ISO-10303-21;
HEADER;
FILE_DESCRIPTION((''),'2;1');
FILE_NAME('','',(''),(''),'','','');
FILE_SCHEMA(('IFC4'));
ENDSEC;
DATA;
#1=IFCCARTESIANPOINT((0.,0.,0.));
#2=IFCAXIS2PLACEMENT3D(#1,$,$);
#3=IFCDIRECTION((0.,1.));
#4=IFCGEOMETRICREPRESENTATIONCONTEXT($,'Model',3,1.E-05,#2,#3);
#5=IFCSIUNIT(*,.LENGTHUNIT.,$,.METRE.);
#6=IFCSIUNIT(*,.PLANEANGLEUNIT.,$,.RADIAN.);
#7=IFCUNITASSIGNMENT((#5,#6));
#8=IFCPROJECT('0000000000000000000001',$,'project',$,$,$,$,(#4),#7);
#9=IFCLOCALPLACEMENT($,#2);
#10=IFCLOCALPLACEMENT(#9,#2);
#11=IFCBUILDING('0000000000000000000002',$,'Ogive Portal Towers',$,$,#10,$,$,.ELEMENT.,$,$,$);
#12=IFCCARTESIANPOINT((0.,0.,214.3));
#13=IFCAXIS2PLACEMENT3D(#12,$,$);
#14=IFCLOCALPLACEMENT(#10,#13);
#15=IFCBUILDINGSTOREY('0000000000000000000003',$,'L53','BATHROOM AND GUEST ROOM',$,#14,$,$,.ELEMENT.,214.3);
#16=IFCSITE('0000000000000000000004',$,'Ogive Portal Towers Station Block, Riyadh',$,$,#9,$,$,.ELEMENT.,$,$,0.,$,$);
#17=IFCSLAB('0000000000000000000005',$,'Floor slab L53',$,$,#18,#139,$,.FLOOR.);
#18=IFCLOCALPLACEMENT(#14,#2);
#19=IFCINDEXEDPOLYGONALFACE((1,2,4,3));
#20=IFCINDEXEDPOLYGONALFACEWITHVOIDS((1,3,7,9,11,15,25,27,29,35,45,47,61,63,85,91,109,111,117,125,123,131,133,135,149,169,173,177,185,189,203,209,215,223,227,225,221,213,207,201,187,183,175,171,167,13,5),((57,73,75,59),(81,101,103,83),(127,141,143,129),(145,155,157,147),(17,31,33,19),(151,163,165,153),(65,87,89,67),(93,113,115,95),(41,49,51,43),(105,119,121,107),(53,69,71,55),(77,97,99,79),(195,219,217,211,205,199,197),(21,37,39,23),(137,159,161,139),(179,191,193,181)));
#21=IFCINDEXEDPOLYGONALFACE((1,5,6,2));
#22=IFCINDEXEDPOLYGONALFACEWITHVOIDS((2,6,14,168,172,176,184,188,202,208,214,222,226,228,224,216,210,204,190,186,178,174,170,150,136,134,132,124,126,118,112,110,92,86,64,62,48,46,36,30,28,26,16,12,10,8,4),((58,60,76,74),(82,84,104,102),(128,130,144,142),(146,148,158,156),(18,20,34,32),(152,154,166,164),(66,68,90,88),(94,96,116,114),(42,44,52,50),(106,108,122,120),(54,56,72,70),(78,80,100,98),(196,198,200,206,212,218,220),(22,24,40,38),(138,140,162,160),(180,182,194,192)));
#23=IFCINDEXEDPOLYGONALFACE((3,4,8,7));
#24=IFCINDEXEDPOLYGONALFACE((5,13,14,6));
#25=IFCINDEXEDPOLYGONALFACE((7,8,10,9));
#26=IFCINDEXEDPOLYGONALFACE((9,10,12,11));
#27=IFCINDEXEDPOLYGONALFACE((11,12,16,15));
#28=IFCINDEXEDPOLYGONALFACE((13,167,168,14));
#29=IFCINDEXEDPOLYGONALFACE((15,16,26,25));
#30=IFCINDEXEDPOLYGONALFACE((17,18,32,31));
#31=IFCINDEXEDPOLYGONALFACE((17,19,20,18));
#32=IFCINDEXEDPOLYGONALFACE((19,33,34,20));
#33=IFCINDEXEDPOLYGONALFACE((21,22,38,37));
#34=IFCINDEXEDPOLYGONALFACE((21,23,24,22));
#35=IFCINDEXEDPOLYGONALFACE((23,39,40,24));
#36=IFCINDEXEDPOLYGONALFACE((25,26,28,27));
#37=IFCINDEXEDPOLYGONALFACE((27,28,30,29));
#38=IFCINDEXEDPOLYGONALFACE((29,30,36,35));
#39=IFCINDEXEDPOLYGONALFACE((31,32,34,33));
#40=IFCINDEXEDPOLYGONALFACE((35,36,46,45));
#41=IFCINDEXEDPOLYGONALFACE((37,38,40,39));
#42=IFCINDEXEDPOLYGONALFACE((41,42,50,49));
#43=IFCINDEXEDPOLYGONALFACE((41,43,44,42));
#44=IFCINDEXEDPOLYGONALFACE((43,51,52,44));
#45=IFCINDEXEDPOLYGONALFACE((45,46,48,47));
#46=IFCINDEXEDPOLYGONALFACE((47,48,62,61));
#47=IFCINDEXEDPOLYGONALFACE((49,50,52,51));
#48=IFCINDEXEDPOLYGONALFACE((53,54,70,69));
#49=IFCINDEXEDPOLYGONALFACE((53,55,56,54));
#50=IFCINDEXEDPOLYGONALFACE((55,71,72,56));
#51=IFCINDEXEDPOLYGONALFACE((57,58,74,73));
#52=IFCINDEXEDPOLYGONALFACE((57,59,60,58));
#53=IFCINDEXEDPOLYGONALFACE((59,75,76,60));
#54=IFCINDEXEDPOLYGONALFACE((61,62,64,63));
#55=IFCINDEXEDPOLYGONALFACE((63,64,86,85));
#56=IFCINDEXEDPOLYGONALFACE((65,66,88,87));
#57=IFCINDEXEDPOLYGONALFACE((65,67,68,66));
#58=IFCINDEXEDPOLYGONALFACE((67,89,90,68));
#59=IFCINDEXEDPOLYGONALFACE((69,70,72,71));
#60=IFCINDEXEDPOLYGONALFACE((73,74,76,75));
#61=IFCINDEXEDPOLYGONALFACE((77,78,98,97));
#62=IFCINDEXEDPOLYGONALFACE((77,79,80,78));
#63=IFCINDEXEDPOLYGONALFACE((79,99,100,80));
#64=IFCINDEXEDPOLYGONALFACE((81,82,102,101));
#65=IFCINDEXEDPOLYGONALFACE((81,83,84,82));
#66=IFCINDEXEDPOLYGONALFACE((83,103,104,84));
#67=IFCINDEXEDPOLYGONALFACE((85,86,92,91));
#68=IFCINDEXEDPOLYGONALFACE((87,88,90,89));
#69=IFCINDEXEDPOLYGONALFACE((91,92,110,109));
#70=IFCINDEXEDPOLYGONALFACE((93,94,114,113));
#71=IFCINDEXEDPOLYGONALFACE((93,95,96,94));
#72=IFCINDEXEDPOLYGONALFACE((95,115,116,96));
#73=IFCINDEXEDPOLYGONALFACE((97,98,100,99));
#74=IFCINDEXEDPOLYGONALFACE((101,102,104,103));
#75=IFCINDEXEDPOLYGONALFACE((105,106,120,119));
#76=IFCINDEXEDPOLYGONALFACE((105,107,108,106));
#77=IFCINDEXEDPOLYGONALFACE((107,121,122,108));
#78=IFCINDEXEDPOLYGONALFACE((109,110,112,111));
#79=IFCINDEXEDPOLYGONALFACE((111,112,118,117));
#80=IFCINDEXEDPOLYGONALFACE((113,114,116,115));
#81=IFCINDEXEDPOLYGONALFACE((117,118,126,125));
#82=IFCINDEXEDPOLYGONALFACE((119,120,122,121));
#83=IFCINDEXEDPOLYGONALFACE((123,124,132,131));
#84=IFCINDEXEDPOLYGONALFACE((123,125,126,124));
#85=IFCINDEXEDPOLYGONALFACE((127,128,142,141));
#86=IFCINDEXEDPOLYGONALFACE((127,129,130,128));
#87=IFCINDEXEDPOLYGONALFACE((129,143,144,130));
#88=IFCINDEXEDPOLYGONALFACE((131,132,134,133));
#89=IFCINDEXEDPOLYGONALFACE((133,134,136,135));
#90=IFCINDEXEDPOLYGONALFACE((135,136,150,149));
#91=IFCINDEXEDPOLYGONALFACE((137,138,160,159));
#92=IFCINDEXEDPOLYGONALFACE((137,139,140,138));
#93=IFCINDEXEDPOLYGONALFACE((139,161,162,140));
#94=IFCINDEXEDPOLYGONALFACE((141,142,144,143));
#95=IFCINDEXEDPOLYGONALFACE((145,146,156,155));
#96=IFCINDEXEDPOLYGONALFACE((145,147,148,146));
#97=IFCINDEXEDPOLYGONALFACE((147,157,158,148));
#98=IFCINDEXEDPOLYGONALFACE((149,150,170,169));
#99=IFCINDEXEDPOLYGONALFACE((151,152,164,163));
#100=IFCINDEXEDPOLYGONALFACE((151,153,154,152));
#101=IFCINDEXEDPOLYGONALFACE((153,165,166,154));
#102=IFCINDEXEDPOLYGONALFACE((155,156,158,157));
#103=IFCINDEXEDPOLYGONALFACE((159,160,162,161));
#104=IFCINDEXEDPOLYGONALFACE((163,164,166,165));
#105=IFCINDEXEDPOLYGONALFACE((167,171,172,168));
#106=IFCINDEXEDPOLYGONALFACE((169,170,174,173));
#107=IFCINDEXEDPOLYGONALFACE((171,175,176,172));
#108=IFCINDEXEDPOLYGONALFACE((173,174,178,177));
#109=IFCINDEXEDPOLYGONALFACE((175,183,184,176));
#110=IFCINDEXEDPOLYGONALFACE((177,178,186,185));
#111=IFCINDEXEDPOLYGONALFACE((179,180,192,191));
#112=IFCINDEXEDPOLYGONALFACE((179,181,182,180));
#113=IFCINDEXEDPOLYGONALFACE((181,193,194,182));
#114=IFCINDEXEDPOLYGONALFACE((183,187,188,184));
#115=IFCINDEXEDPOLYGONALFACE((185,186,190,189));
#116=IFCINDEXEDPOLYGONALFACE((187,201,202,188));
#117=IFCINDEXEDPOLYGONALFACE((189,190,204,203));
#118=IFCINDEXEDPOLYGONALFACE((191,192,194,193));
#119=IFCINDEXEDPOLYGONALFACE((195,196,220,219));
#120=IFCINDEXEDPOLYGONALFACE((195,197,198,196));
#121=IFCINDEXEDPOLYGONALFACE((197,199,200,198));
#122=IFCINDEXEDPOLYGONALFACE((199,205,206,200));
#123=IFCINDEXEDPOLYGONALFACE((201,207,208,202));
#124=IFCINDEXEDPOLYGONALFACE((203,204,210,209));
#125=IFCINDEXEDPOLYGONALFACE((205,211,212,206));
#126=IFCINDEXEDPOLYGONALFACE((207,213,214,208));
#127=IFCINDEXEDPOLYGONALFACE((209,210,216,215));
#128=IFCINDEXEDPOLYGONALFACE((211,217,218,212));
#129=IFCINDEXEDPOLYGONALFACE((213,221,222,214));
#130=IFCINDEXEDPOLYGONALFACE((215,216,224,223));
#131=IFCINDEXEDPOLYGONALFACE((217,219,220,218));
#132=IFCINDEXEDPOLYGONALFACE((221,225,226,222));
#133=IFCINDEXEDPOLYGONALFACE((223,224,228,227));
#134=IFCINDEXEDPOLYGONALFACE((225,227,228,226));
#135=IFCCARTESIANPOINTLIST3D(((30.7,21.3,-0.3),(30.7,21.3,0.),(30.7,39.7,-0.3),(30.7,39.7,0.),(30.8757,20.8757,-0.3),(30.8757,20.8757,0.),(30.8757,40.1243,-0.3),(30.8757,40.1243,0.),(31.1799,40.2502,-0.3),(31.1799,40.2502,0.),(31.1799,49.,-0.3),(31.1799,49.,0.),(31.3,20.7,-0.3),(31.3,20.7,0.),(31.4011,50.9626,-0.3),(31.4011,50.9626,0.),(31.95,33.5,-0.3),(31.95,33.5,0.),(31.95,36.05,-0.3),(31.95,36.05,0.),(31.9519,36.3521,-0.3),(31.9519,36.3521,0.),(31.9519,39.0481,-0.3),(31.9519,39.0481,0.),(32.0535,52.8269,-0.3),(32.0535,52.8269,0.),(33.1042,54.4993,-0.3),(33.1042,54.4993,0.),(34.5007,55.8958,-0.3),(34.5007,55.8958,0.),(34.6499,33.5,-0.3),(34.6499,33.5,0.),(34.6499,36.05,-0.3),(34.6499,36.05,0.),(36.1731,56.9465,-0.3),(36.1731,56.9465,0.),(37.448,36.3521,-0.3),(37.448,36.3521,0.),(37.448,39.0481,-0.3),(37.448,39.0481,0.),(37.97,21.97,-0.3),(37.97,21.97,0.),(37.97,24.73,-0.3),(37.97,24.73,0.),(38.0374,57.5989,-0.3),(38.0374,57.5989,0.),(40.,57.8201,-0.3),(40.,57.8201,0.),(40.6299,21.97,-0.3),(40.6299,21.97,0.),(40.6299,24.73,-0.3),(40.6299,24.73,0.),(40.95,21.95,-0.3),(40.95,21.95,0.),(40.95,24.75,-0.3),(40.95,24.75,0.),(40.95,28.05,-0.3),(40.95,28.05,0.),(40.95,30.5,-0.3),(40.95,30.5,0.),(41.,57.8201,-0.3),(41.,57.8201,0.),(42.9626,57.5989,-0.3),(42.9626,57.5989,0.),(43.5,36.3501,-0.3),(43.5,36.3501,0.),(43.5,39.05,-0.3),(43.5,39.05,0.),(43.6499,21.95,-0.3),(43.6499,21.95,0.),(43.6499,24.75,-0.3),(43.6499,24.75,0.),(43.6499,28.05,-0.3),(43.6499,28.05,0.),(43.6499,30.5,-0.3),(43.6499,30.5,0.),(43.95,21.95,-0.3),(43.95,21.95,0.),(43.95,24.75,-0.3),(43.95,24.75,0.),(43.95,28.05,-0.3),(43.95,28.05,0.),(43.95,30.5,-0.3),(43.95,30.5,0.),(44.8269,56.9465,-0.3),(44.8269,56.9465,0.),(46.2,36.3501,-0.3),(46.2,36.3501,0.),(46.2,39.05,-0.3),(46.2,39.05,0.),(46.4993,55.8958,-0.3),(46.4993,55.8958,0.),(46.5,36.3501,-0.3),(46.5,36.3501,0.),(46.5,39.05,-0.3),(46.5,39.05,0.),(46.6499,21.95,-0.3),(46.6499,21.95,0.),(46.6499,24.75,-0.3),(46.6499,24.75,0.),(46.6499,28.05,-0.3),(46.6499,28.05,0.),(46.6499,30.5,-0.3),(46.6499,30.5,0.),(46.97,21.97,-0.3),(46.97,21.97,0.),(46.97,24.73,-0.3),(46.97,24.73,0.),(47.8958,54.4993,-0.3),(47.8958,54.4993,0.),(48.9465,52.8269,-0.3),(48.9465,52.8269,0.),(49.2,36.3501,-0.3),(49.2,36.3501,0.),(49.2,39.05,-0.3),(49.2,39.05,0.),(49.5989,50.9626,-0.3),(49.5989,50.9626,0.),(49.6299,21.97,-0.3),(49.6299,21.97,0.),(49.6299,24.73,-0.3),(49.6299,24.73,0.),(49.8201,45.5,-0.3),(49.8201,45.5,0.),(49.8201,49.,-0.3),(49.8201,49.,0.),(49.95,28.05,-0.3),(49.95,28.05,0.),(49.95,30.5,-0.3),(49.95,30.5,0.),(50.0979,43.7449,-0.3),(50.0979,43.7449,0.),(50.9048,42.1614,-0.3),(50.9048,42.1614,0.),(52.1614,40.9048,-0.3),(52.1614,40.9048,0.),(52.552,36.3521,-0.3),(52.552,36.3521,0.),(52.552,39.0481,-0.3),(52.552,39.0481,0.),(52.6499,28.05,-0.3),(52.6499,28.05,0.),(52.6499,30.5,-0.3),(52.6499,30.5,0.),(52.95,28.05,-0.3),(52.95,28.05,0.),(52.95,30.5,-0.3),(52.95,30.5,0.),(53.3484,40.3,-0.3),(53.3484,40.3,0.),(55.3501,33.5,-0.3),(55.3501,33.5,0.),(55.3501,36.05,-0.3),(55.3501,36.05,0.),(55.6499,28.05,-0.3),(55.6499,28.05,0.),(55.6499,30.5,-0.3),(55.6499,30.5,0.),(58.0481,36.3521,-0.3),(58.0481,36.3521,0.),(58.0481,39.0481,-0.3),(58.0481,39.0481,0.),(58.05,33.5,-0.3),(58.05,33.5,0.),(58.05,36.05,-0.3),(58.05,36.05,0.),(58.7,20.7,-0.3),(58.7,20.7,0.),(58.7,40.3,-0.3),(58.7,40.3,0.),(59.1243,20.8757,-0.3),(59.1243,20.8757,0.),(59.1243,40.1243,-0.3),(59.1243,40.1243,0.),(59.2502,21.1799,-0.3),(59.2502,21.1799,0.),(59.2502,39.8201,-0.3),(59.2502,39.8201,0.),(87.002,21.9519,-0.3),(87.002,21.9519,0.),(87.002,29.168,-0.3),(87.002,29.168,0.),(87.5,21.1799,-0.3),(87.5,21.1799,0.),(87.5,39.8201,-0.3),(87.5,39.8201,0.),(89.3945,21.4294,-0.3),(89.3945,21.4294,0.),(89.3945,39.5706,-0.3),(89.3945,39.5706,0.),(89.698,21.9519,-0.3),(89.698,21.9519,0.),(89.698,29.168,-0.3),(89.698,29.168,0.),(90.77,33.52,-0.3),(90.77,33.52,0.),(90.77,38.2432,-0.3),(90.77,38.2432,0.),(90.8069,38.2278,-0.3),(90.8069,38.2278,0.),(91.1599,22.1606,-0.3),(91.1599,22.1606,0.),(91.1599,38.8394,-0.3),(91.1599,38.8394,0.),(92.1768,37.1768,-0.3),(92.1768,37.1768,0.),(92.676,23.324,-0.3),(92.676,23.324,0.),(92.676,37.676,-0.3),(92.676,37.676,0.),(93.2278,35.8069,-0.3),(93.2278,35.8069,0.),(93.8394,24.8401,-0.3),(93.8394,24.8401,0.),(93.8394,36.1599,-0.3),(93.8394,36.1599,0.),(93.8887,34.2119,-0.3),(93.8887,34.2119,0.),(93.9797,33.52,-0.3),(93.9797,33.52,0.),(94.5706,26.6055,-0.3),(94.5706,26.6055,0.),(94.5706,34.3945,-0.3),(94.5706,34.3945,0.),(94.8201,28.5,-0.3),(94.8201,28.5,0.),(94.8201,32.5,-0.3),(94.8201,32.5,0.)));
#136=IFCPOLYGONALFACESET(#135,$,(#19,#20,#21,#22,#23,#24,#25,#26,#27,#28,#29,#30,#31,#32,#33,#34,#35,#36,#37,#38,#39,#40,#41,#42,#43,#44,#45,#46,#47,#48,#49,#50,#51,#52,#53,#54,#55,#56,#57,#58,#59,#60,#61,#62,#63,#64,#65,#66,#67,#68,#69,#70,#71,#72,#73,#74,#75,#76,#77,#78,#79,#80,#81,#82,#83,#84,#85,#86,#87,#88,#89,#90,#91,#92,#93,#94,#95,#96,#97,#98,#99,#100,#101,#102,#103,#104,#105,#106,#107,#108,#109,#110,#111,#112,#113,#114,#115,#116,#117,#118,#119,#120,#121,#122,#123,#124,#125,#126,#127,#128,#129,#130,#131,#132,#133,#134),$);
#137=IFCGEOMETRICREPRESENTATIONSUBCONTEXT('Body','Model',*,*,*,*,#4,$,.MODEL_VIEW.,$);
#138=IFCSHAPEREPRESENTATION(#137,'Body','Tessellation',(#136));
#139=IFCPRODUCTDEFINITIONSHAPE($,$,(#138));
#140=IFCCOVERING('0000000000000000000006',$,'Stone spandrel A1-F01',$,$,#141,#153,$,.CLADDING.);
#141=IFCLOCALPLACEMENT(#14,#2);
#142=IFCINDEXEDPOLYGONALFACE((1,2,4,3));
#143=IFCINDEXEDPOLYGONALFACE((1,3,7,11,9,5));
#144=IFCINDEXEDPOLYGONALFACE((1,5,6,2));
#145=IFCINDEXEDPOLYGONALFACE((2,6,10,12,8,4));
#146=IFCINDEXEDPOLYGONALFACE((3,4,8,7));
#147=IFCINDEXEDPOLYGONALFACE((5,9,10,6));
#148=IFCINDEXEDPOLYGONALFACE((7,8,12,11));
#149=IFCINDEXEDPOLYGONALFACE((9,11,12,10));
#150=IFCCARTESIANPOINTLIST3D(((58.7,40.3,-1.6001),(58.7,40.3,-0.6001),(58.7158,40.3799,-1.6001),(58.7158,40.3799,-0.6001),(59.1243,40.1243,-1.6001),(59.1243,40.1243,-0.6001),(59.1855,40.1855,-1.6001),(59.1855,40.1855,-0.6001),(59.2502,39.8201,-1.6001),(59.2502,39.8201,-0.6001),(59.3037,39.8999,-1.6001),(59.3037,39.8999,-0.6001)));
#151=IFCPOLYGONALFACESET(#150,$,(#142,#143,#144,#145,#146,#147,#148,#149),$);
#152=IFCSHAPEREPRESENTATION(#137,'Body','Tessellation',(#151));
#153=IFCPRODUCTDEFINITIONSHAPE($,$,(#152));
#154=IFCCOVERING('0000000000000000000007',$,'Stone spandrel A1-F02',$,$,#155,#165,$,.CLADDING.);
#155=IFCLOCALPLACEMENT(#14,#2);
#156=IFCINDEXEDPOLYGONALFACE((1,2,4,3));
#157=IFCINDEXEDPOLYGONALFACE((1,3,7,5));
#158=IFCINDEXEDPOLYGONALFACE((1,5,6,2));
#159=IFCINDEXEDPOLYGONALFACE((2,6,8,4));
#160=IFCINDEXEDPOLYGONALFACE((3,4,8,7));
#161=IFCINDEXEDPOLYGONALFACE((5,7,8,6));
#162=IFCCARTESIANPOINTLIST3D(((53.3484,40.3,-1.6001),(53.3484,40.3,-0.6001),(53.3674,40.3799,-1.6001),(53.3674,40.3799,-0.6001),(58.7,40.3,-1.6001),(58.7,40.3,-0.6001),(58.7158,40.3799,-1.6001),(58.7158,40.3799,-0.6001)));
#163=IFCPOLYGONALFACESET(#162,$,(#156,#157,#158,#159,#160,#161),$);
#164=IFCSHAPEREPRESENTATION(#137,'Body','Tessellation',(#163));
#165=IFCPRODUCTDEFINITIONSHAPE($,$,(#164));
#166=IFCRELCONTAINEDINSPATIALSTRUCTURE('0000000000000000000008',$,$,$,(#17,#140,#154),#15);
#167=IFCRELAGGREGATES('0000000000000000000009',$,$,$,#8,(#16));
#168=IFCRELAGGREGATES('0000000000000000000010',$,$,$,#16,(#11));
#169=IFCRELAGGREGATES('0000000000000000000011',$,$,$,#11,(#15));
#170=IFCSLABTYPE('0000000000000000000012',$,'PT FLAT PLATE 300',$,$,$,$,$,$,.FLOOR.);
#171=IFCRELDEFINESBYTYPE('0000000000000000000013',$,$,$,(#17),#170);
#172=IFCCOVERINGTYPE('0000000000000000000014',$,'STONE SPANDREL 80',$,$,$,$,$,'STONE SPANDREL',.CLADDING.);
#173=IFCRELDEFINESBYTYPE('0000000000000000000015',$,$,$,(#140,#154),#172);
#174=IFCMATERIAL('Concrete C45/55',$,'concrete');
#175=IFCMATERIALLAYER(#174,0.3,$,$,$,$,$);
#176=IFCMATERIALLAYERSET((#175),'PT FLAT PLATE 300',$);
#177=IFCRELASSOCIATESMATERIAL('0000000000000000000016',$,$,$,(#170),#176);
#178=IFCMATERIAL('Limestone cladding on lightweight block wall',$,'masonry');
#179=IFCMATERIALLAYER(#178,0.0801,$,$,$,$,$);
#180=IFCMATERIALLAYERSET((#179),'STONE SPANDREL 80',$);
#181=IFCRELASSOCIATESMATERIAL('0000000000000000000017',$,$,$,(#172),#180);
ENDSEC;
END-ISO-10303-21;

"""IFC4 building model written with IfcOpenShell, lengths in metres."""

from ifc_helpers import new_model, si_unit, direction, frame, origin, place, context, subcontext, project, spatial, polyline, outline, extrude, material, layer, layer_set, type_object, element, save


model = new_model("IFC4")

# Units and contexts
model_context = context("Model", 3, precision=1e-05, world=origin(), true_north=direction((0.0, 1.0)))
body_context = subcontext(model_context, "Body", "Model", "MODEL_VIEW")
ifc_project = project(units=[si_unit("LENGTHUNIT", "METRE"), si_unit("PLANEANGLEUNIT", "RADIAN")], contexts=[model_context])

# Site, building, storey
site_placement = place(None, origin())
site = spatial("IfcSite", under=ifc_project, at=site_placement, Name="Ogive Portal Towers Station Block, Riyadh", CompositionType="ELEMENT", RefElevation=0.0)
building_placement = place(site_placement, origin())
building = spatial("IfcBuilding", under=site, at=building_placement, Name="Ogive Portal Towers", CompositionType="ELEMENT")
storey_placement = place(building_placement, frame((0.0, 0.0, 214.3)))
storey = spatial("IfcBuildingStorey", under=building, at=storey_placement, Name="L53", Description="BATHROOM AND GUEST ROOM", CompositionType="ELEMENT", Elevation=214.3)

# Slab
ifc_material_1 = material(Name="Concrete C45/55", Category="concrete")
ifc_layer_1 = layer(ifc_material_1, 0.3)
ifc_layer_set_1 = layer_set([ifc_layer_1], Name="PT FLAT PLATE 300")
slab_type = type_object("IfcSlabType", Name="PT FLAT PLATE 300", PredefinedType="FLOOR", material=ifc_layer_set_1)
slab_placement = place(storey_placement, frame((0.0, 0.0, -0.3)))
element("IfcSlab", 1, at=slab_placement, inside=storey, type_object=slab_type, Name="Floor slab L53", PredefinedType="FLOOR", context=body_context, shape_type="SweptSolid", body=[
    extrude(outline(polyline([(89.3945, 39.5706), (87.5, 39.8201), (59.2502, 39.8201), (59.1243, 40.1243), (58.7, 40.3), (53.3484, 40.3), (52.1614, 40.9048), (50.9048, 42.1614), (50.0979, 43.7449), (49.8201, 45.5), (49.8201, 49.0), (49.5989, 50.9626), (48.9465, 52.8269), (47.8958, 54.4993), (46.4993, 55.8958), (44.8269, 56.9465), (42.9626, 57.5989), (41.0, 57.8201), (40.0, 57.8201), (38.0374, 57.5989), (36.1731, 56.9465), (34.5007, 55.8958), (33.1042, 54.4993), (32.0535, 52.8269), (31.4011, 50.9626), (31.1799, 49.0), (31.1799, 40.2502), (30.8757, 40.1243), (30.7, 39.7), (30.7, 21.3), (30.8757, 20.8757), (31.3, 20.7), (58.7, 20.7), (59.1243, 20.8757), (59.2502, 21.1799), (87.5, 21.1799), (89.3945, 21.4294), (91.1599, 22.1606), (92.676, 23.324), (93.8394, 24.8401), (94.5706, 26.6055), (94.8201, 28.5), (94.8201, 32.5), (94.5706, 34.3945), (93.8394, 36.1599), (92.676, 37.676), (91.1599, 38.8394), (89.3945, 39.5706)]), holes=[polyline([(40.6299, 21.97), (37.97, 21.97), (37.97, 24.73), (40.6299, 24.73), (40.6299, 21.97)]), polyline([(43.6499, 24.75), (43.6499, 21.95), (40.95, 21.95), (40.95, 24.75), (43.6499, 24.75)]), polyline([(46.6499, 24.75), (46.6499, 21.95), (43.95, 21.95), (43.95, 24.75), (46.6499, 24.75)]), polyline([(43.6499, 30.5), (43.6499, 28.05), (40.95, 28.05), (40.95, 30.5), (43.6499, 30.5)]), polyline([(46.6499, 30.5), (46.6499, 28.05), (43.95, 28.05), (43.95, 30.5), (46.6499, 30.5)]), polyline([(34.6499, 36.05), (34.6499, 33.5), (31.95, 33.5), (31.95, 36.05), (34.6499, 36.05)]), polyline([(31.9519, 39.0481), (37.448, 39.0481), (37.448, 36.3521), (31.9519, 36.3521), (31.9519, 39.0481)]), polyline([(46.2, 39.05), (46.2, 36.3501), (43.5, 36.3501), (43.5, 39.05), (46.2, 39.05)]), polyline([(49.6299, 21.97), (46.97, 21.97), (46.97, 24.73), (49.6299, 24.73), (49.6299, 21.97)]), polyline([(87.002, 21.9519), (87.002, 29.168), (89.698, 29.168), (89.698, 21.9519), (87.002, 21.9519)]), polyline([(52.6499, 30.5), (52.6499, 28.05), (49.95, 28.05), (49.95, 30.5), (52.6499, 30.5)]), polyline([(55.6499, 30.5), (55.6499, 28.05), (52.95, 28.05), (52.95, 30.5), (55.6499, 30.5)]), polyline([(58.05, 36.05), (58.05, 33.5), (55.3501, 33.5), (55.3501, 36.05), (58.05, 36.05)]), polyline([(92.1768, 37.1768), (93.2278, 35.8069), (93.8887, 34.2119), (93.9797, 33.52), (90.77, 33.52), (90.77, 38.2432), (90.8069, 38.2278), (92.1768, 37.1768)]), polyline([(49.2, 39.05), (49.2, 36.3501), (46.5, 36.3501), (46.5, 39.05), (49.2, 39.05)]), polyline([(58.0481, 36.3521), (52.552, 36.3521), (52.552, 39.0481), (58.0481, 39.0481), (58.0481, 36.3521)])]), origin(), (0.0, 0.0, 1.0), 0.3),
])

# Coverings
ifc_material_2 = material(Name="Limestone cladding on lightweight block wall", Category="masonry")
ifc_layer_2 = layer(ifc_material_2, 0.0801)
ifc_layer_set_2 = layer_set([ifc_layer_2], Name="STONE SPANDREL 80")
covering_type_1 = type_object("IfcCoveringType", Name="STONE SPANDREL 80", ElementType="STONE SPANDREL", PredefinedType="CLADDING", material=ifc_layer_set_2)
covering_1_placement = place(storey_placement, frame((0.0, 0.0, -1.6001)))
element("IfcCovering", 2, at=covering_1_placement, inside=storey, type_object=covering_type_1, Name="Stone spandrel A1-F01", PredefinedType="CLADDING", context=body_context, shape_type="SweptSolid", body=[
    extrude(outline(polyline([(59.2502, 39.8201), (59.1243, 40.1243), (58.7, 40.3), (58.7158, 40.3799), (59.1855, 40.1855), (59.3037, 39.8999), (59.2502, 39.8201)])), origin(), (0.0, 0.0, 1.0), 1.0),
])
covering_2_placement = place(storey_placement, frame((0.0, 0.0, -1.6001)))
element("IfcCovering", 3, at=covering_2_placement, inside=storey, type_object=covering_type_1, Name="Stone spandrel A1-F02", PredefinedType="CLADDING", context=body_context, shape_type="SweptSolid", body=[
    extrude(outline(polyline([(58.7, 40.3), (53.3484, 40.3), (53.3674, 40.3799), (58.7158, 40.3799), (58.7, 40.3)])), origin(), (0.0, 0.0, 1.0), 1.0),
])

save(model, "model.ifc")
